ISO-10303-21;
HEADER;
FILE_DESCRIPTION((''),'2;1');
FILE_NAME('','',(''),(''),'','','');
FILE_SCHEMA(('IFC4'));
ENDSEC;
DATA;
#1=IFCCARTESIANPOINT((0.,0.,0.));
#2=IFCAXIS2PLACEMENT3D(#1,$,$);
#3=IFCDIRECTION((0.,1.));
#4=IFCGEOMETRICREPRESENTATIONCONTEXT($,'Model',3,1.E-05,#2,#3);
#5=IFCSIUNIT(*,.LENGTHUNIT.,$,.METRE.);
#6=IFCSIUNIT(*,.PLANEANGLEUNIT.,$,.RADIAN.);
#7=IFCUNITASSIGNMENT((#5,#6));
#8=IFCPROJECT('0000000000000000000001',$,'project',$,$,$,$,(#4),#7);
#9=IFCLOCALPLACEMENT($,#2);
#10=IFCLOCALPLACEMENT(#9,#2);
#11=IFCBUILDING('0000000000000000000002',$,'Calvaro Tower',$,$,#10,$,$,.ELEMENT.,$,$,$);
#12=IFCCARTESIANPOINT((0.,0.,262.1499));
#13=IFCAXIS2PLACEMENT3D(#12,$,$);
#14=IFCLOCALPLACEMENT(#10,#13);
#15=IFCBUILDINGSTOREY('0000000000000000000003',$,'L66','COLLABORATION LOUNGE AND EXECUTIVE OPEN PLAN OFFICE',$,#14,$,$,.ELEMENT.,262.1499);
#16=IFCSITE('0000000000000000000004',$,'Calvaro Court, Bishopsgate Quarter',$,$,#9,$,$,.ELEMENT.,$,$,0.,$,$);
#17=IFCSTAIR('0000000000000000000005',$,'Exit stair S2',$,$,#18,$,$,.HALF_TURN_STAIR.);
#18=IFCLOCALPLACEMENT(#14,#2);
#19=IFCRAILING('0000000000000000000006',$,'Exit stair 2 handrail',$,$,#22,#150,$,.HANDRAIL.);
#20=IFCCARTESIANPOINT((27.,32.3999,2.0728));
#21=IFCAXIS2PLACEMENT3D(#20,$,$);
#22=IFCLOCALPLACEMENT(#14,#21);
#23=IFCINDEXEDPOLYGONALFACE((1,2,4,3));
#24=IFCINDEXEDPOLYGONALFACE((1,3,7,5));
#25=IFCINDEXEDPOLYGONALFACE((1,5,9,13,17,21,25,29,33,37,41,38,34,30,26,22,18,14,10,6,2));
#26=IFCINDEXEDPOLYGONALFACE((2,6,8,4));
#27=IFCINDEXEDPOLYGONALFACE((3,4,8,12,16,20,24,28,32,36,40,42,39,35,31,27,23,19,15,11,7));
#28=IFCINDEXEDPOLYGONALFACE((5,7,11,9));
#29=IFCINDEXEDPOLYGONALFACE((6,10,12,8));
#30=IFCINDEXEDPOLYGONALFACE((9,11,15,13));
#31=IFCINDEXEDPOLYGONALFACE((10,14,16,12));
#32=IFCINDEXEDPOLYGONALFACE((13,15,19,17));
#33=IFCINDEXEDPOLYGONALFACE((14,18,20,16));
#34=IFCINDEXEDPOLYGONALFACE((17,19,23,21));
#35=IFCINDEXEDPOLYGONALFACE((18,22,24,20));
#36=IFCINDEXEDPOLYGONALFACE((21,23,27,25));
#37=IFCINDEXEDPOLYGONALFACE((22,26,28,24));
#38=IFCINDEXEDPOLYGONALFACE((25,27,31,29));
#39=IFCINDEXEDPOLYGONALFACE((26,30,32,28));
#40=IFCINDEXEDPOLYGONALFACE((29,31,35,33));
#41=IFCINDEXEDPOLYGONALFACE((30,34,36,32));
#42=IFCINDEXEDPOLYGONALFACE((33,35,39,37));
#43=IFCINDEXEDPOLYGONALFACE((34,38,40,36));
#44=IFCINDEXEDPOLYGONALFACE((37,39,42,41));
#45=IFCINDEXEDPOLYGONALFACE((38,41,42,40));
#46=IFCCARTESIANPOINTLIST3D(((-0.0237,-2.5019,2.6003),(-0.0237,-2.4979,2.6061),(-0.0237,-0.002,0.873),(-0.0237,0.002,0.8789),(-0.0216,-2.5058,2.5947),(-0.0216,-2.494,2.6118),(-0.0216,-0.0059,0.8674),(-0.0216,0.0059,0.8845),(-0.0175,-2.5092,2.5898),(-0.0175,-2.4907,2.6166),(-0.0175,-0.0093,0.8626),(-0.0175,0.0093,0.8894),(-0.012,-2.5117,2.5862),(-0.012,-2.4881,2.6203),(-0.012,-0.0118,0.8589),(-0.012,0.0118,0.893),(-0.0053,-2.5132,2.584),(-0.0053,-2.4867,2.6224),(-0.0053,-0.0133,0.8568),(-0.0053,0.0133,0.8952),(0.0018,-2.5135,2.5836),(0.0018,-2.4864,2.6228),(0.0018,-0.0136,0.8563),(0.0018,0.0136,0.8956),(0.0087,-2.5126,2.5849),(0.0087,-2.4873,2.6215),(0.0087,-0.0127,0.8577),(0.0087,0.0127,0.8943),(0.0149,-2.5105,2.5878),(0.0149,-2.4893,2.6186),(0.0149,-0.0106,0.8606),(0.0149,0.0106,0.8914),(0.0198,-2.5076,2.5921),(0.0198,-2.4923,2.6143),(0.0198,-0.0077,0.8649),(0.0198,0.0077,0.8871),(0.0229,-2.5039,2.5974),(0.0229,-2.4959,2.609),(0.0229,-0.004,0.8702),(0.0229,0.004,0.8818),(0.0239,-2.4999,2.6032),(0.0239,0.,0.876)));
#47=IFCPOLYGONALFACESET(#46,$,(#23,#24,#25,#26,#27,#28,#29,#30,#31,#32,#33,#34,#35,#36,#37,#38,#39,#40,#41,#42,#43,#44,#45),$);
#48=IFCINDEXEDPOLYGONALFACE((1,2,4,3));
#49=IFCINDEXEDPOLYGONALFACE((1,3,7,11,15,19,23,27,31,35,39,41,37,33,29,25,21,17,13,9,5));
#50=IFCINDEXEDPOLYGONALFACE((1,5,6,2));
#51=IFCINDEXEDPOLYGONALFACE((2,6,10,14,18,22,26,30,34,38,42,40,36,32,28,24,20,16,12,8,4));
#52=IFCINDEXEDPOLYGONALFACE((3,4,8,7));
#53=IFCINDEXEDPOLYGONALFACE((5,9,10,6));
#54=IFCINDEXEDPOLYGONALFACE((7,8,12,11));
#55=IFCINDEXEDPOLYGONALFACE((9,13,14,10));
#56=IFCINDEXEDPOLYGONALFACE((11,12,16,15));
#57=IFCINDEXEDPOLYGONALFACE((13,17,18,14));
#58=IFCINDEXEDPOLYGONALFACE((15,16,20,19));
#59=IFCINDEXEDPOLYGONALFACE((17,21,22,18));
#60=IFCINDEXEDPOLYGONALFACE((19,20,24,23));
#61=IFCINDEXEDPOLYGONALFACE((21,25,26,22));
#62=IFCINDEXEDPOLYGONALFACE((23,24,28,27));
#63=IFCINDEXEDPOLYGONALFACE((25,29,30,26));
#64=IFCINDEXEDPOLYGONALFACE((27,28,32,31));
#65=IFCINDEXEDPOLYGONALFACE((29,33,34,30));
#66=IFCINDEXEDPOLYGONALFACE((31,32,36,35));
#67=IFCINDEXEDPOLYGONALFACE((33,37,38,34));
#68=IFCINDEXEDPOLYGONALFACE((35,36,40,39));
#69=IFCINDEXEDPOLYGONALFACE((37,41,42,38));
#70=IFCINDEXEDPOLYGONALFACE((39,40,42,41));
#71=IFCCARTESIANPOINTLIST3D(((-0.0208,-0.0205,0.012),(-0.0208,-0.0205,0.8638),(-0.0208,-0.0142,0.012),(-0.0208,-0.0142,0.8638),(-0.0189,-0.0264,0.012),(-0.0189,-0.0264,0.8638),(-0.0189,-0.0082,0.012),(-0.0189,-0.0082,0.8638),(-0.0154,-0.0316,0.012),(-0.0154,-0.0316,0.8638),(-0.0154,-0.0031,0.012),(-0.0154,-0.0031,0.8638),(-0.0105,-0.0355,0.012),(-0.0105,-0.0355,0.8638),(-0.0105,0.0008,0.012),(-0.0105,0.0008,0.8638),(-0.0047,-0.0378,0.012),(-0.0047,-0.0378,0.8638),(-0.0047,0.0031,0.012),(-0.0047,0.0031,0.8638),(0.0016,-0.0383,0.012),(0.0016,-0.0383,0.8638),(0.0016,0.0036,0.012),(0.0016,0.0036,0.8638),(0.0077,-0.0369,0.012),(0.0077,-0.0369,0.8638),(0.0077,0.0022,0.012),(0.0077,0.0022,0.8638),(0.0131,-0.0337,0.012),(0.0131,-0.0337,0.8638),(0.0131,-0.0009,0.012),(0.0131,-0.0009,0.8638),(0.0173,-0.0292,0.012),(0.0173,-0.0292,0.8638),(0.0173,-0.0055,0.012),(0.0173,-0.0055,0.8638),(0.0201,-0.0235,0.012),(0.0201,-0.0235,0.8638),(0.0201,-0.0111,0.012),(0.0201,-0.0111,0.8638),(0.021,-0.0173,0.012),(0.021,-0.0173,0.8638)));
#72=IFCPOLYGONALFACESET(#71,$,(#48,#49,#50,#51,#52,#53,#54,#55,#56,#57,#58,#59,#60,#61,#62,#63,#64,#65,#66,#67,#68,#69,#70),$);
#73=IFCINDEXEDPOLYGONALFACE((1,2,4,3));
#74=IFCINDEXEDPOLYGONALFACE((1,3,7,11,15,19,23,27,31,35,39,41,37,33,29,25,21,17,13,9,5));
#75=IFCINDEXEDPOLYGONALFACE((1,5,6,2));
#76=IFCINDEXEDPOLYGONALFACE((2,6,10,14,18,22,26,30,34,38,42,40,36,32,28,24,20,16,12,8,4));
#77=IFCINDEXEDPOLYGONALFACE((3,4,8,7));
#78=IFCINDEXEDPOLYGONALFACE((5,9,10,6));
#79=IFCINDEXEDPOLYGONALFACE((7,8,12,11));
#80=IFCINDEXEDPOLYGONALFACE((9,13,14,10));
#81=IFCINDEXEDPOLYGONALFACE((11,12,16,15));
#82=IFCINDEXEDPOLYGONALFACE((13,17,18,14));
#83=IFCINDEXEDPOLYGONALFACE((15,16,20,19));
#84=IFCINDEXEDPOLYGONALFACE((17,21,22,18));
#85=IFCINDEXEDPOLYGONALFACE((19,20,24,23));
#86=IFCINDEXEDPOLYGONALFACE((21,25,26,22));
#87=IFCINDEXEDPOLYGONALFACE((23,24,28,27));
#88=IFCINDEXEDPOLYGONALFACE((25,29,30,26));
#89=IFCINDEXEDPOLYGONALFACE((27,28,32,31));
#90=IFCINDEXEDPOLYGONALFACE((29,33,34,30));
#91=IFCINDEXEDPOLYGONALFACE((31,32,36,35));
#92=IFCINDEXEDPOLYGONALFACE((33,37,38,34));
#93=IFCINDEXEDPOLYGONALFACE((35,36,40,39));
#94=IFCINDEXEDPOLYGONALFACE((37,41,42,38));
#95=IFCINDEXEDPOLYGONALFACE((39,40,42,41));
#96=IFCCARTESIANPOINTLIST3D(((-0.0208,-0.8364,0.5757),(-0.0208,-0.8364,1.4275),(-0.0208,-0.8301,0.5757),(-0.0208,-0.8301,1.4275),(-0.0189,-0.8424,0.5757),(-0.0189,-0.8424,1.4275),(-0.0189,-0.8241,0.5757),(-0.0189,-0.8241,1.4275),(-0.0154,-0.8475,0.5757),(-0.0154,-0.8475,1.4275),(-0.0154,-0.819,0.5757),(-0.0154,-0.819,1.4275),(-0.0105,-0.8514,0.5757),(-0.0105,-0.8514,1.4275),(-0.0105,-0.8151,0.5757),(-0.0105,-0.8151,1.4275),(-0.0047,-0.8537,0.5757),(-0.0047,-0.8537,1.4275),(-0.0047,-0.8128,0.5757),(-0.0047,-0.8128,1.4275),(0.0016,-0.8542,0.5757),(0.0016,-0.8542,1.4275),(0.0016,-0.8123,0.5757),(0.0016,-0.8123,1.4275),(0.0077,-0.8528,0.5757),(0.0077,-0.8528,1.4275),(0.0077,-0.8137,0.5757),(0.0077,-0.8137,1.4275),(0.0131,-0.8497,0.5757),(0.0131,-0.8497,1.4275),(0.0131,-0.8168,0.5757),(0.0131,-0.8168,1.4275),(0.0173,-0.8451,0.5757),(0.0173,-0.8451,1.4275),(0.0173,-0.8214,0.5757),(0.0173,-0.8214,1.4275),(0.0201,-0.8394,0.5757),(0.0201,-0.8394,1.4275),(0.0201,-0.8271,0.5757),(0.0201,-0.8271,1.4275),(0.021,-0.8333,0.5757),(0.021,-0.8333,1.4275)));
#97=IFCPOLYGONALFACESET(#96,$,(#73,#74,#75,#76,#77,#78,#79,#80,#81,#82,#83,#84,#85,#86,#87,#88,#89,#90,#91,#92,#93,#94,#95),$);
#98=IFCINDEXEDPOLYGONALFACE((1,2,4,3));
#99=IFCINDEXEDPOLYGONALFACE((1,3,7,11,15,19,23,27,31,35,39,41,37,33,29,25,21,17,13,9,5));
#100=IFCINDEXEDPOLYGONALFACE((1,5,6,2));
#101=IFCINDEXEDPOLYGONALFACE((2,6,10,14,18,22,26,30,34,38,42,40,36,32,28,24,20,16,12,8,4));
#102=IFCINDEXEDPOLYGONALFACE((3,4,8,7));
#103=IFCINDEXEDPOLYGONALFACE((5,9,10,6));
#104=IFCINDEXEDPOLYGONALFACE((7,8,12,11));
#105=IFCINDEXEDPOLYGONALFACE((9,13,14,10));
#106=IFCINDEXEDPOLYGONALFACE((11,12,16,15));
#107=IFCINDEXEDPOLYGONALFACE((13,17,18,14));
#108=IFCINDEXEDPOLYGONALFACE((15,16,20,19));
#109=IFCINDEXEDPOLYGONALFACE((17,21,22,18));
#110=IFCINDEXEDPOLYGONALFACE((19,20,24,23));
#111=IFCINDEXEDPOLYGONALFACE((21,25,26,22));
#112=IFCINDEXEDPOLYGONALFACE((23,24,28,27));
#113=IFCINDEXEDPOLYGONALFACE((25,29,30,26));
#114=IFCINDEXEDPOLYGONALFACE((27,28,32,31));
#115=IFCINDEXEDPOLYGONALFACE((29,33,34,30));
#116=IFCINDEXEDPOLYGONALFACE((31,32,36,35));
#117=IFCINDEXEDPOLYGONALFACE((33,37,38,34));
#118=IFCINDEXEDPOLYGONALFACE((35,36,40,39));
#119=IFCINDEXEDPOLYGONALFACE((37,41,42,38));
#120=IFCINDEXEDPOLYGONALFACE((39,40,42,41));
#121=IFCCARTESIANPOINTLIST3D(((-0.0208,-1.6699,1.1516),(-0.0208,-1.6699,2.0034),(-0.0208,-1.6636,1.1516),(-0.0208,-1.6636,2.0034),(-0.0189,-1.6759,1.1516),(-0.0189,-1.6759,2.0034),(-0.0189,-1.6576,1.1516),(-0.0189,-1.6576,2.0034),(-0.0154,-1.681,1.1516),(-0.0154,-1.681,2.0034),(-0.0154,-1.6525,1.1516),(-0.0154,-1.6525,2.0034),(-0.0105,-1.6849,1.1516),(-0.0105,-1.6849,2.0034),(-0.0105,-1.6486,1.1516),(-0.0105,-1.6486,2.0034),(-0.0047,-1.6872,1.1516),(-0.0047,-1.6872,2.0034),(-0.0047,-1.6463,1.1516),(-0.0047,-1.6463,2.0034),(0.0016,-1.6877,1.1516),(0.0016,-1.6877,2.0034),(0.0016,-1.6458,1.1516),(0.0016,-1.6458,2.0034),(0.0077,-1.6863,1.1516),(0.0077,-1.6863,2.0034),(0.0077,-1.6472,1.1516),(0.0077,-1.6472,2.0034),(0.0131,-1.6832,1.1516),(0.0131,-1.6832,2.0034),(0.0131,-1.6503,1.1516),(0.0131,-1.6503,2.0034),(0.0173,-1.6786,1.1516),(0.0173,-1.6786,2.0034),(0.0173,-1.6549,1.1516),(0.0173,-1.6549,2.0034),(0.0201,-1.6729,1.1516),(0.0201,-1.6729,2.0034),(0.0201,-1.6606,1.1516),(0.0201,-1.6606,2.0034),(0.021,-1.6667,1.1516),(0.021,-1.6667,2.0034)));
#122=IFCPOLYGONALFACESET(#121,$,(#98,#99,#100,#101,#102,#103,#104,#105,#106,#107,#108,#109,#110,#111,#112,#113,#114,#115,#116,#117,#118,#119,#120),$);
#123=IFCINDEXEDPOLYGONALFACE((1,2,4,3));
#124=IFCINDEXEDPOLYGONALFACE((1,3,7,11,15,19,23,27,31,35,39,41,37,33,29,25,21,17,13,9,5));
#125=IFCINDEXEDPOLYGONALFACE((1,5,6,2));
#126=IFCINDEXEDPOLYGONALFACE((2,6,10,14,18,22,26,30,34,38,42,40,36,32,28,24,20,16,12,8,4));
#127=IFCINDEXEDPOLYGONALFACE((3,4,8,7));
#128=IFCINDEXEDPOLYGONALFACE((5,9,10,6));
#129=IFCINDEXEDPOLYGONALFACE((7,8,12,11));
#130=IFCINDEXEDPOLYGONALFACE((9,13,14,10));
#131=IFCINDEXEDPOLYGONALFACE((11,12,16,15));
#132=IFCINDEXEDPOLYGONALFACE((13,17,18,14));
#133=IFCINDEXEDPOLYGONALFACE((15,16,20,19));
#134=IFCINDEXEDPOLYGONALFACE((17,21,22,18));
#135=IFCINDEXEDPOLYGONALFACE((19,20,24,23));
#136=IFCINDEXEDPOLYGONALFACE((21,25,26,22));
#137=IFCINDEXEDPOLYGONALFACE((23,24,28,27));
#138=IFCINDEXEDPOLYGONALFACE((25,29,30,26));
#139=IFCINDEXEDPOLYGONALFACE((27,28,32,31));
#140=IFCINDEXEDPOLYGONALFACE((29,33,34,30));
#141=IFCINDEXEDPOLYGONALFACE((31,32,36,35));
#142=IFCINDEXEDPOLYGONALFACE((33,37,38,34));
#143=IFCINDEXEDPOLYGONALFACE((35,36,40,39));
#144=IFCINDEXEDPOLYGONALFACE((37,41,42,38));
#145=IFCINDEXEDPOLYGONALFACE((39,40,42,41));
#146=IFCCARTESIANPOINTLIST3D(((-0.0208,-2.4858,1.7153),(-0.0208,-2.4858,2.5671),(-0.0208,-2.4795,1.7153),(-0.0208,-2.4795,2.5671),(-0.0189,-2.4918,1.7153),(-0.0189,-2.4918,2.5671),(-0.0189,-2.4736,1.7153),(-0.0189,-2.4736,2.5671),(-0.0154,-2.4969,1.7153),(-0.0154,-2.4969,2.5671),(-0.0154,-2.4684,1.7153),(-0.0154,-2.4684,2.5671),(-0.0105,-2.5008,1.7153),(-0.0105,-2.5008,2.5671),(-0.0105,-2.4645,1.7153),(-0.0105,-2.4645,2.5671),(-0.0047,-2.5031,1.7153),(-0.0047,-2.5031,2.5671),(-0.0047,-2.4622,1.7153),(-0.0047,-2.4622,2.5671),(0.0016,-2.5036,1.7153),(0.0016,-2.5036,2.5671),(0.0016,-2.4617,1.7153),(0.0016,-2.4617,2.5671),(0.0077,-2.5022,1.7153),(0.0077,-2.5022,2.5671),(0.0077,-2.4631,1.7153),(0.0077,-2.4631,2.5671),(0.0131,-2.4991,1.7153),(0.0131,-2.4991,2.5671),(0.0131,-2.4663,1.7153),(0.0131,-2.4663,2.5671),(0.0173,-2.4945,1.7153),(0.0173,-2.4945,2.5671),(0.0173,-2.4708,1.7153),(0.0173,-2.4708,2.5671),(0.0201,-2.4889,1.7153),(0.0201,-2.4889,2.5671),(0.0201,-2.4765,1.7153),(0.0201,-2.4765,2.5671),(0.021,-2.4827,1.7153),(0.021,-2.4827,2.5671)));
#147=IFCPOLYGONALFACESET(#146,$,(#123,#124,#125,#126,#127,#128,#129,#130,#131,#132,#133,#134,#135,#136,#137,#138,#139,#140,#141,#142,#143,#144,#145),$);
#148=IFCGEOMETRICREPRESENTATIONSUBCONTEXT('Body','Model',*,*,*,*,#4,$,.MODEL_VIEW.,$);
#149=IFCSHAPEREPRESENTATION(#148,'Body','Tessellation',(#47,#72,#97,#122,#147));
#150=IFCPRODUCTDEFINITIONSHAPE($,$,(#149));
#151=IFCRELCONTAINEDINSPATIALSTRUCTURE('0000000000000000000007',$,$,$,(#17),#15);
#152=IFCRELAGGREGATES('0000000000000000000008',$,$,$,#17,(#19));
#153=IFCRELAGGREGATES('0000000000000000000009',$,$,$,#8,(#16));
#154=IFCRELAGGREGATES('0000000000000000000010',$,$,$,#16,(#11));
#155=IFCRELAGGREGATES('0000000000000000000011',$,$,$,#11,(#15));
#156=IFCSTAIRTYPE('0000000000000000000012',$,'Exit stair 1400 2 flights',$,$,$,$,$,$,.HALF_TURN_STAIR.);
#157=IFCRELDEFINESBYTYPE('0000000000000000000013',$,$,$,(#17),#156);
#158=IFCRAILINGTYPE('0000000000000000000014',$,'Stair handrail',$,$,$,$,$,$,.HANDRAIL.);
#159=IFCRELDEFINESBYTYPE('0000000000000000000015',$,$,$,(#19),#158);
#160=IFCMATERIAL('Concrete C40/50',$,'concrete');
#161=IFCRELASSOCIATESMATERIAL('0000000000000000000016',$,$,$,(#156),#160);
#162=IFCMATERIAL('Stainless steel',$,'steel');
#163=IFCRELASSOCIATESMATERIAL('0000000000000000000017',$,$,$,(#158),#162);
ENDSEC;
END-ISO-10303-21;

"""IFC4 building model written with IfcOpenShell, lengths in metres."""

from ifc_helpers import new_model, si_unit, direction, frame, origin, origin_2d, place, context, subcontext, project, spatial, circle, extrude, material, type_object, element, aggregate, save


model = new_model("IFC4")

# Units and contexts
model_context = context("Model", 3, precision=1e-05, world=origin(), true_north=direction((0.0, 1.0)))
body_context = subcontext(model_context, "Body", "Model", "MODEL_VIEW")
ifc_project = project(units=[si_unit("LENGTHUNIT", "METRE"), si_unit("PLANEANGLEUNIT", "RADIAN")], contexts=[model_context])

# Site, building, storey
site_placement = place(None, origin())
site = spatial("IfcSite", under=ifc_project, at=site_placement, Name="Calvaro Court, Bishopsgate Quarter", CompositionType="ELEMENT", RefElevation=0.0)
building_placement = place(site_placement, origin())
building = spatial("IfcBuilding", under=site, at=building_placement, Name="Calvaro Tower", CompositionType="ELEMENT")
storey_placement = place(building_placement, frame((0.0, 0.0, 262.1499)))
storey = spatial("IfcBuildingStorey", under=building, at=storey_placement, Name="L66", Description="COLLABORATION LOUNGE AND EXECUTIVE OPEN PLAN OFFICE", CompositionType="ELEMENT", Elevation=262.1499)

# Stair, railing
ifc_material_1 = material(Name="Concrete C40/50", Category="concrete")
stair_type = type_object("IfcStairType", Name="Exit stair 1400 2 flights", PredefinedType="HALF_TURN_STAIR", material=ifc_material_1)
stair_placement = place(storey_placement, origin())
stair = element("IfcStair", 1, at=stair_placement, inside=storey, type_object=stair_type, Name="Exit stair S2", PredefinedType="HALF_TURN_STAIR")
ifc_material_2 = material(Name="Stainless steel", Category="steel")
railing_type = type_object("IfcRailingType", Name="Stair handrail", PredefinedType="HANDRAIL", material=ifc_material_2)
railing_1_placement = place(storey_placement, frame((27.0, 32.3999, 2.0728)))
railing_1 = element("IfcRailing", 2, at=railing_1_placement, type_object=railing_type, Name="Exit stair 2 handrail", PredefinedType="HANDRAIL", context=body_context, shape_type="SweptSolid", body=[
    extrude(circle(Radius=0.0239, at=origin_2d()), frame((0.0, 0.0, 0.876), z_axis=(0.0, -0.822727, 0.568437), x_axis=(1.0, 0.0, 0.0)), (0.0, 0.0, 1.0), 3.0386),
    extrude(circle(Radius=0.021, at=origin_2d()), frame((0.0, -0.0173, 0.012)), (0.0, 0.0, 1.0), 0.8518),
    extrude(circle(Radius=0.021, at=origin_2d()), frame((0.0, -0.8333, 0.5757)), (0.0, 0.0, 1.0), 0.8518),
    extrude(circle(Radius=0.021, at=origin_2d()), frame((0.0, -1.6667, 1.1516)), (0.0, 0.0, 1.0), 0.8518),
    extrude(circle(Radius=0.021, at=origin_2d()), frame((0.0, -2.4827, 1.7153)), (0.0, 0.0, 1.0), 0.8518),
])
aggregate(stair, [railing_1])

save(model, "model.ifc")
